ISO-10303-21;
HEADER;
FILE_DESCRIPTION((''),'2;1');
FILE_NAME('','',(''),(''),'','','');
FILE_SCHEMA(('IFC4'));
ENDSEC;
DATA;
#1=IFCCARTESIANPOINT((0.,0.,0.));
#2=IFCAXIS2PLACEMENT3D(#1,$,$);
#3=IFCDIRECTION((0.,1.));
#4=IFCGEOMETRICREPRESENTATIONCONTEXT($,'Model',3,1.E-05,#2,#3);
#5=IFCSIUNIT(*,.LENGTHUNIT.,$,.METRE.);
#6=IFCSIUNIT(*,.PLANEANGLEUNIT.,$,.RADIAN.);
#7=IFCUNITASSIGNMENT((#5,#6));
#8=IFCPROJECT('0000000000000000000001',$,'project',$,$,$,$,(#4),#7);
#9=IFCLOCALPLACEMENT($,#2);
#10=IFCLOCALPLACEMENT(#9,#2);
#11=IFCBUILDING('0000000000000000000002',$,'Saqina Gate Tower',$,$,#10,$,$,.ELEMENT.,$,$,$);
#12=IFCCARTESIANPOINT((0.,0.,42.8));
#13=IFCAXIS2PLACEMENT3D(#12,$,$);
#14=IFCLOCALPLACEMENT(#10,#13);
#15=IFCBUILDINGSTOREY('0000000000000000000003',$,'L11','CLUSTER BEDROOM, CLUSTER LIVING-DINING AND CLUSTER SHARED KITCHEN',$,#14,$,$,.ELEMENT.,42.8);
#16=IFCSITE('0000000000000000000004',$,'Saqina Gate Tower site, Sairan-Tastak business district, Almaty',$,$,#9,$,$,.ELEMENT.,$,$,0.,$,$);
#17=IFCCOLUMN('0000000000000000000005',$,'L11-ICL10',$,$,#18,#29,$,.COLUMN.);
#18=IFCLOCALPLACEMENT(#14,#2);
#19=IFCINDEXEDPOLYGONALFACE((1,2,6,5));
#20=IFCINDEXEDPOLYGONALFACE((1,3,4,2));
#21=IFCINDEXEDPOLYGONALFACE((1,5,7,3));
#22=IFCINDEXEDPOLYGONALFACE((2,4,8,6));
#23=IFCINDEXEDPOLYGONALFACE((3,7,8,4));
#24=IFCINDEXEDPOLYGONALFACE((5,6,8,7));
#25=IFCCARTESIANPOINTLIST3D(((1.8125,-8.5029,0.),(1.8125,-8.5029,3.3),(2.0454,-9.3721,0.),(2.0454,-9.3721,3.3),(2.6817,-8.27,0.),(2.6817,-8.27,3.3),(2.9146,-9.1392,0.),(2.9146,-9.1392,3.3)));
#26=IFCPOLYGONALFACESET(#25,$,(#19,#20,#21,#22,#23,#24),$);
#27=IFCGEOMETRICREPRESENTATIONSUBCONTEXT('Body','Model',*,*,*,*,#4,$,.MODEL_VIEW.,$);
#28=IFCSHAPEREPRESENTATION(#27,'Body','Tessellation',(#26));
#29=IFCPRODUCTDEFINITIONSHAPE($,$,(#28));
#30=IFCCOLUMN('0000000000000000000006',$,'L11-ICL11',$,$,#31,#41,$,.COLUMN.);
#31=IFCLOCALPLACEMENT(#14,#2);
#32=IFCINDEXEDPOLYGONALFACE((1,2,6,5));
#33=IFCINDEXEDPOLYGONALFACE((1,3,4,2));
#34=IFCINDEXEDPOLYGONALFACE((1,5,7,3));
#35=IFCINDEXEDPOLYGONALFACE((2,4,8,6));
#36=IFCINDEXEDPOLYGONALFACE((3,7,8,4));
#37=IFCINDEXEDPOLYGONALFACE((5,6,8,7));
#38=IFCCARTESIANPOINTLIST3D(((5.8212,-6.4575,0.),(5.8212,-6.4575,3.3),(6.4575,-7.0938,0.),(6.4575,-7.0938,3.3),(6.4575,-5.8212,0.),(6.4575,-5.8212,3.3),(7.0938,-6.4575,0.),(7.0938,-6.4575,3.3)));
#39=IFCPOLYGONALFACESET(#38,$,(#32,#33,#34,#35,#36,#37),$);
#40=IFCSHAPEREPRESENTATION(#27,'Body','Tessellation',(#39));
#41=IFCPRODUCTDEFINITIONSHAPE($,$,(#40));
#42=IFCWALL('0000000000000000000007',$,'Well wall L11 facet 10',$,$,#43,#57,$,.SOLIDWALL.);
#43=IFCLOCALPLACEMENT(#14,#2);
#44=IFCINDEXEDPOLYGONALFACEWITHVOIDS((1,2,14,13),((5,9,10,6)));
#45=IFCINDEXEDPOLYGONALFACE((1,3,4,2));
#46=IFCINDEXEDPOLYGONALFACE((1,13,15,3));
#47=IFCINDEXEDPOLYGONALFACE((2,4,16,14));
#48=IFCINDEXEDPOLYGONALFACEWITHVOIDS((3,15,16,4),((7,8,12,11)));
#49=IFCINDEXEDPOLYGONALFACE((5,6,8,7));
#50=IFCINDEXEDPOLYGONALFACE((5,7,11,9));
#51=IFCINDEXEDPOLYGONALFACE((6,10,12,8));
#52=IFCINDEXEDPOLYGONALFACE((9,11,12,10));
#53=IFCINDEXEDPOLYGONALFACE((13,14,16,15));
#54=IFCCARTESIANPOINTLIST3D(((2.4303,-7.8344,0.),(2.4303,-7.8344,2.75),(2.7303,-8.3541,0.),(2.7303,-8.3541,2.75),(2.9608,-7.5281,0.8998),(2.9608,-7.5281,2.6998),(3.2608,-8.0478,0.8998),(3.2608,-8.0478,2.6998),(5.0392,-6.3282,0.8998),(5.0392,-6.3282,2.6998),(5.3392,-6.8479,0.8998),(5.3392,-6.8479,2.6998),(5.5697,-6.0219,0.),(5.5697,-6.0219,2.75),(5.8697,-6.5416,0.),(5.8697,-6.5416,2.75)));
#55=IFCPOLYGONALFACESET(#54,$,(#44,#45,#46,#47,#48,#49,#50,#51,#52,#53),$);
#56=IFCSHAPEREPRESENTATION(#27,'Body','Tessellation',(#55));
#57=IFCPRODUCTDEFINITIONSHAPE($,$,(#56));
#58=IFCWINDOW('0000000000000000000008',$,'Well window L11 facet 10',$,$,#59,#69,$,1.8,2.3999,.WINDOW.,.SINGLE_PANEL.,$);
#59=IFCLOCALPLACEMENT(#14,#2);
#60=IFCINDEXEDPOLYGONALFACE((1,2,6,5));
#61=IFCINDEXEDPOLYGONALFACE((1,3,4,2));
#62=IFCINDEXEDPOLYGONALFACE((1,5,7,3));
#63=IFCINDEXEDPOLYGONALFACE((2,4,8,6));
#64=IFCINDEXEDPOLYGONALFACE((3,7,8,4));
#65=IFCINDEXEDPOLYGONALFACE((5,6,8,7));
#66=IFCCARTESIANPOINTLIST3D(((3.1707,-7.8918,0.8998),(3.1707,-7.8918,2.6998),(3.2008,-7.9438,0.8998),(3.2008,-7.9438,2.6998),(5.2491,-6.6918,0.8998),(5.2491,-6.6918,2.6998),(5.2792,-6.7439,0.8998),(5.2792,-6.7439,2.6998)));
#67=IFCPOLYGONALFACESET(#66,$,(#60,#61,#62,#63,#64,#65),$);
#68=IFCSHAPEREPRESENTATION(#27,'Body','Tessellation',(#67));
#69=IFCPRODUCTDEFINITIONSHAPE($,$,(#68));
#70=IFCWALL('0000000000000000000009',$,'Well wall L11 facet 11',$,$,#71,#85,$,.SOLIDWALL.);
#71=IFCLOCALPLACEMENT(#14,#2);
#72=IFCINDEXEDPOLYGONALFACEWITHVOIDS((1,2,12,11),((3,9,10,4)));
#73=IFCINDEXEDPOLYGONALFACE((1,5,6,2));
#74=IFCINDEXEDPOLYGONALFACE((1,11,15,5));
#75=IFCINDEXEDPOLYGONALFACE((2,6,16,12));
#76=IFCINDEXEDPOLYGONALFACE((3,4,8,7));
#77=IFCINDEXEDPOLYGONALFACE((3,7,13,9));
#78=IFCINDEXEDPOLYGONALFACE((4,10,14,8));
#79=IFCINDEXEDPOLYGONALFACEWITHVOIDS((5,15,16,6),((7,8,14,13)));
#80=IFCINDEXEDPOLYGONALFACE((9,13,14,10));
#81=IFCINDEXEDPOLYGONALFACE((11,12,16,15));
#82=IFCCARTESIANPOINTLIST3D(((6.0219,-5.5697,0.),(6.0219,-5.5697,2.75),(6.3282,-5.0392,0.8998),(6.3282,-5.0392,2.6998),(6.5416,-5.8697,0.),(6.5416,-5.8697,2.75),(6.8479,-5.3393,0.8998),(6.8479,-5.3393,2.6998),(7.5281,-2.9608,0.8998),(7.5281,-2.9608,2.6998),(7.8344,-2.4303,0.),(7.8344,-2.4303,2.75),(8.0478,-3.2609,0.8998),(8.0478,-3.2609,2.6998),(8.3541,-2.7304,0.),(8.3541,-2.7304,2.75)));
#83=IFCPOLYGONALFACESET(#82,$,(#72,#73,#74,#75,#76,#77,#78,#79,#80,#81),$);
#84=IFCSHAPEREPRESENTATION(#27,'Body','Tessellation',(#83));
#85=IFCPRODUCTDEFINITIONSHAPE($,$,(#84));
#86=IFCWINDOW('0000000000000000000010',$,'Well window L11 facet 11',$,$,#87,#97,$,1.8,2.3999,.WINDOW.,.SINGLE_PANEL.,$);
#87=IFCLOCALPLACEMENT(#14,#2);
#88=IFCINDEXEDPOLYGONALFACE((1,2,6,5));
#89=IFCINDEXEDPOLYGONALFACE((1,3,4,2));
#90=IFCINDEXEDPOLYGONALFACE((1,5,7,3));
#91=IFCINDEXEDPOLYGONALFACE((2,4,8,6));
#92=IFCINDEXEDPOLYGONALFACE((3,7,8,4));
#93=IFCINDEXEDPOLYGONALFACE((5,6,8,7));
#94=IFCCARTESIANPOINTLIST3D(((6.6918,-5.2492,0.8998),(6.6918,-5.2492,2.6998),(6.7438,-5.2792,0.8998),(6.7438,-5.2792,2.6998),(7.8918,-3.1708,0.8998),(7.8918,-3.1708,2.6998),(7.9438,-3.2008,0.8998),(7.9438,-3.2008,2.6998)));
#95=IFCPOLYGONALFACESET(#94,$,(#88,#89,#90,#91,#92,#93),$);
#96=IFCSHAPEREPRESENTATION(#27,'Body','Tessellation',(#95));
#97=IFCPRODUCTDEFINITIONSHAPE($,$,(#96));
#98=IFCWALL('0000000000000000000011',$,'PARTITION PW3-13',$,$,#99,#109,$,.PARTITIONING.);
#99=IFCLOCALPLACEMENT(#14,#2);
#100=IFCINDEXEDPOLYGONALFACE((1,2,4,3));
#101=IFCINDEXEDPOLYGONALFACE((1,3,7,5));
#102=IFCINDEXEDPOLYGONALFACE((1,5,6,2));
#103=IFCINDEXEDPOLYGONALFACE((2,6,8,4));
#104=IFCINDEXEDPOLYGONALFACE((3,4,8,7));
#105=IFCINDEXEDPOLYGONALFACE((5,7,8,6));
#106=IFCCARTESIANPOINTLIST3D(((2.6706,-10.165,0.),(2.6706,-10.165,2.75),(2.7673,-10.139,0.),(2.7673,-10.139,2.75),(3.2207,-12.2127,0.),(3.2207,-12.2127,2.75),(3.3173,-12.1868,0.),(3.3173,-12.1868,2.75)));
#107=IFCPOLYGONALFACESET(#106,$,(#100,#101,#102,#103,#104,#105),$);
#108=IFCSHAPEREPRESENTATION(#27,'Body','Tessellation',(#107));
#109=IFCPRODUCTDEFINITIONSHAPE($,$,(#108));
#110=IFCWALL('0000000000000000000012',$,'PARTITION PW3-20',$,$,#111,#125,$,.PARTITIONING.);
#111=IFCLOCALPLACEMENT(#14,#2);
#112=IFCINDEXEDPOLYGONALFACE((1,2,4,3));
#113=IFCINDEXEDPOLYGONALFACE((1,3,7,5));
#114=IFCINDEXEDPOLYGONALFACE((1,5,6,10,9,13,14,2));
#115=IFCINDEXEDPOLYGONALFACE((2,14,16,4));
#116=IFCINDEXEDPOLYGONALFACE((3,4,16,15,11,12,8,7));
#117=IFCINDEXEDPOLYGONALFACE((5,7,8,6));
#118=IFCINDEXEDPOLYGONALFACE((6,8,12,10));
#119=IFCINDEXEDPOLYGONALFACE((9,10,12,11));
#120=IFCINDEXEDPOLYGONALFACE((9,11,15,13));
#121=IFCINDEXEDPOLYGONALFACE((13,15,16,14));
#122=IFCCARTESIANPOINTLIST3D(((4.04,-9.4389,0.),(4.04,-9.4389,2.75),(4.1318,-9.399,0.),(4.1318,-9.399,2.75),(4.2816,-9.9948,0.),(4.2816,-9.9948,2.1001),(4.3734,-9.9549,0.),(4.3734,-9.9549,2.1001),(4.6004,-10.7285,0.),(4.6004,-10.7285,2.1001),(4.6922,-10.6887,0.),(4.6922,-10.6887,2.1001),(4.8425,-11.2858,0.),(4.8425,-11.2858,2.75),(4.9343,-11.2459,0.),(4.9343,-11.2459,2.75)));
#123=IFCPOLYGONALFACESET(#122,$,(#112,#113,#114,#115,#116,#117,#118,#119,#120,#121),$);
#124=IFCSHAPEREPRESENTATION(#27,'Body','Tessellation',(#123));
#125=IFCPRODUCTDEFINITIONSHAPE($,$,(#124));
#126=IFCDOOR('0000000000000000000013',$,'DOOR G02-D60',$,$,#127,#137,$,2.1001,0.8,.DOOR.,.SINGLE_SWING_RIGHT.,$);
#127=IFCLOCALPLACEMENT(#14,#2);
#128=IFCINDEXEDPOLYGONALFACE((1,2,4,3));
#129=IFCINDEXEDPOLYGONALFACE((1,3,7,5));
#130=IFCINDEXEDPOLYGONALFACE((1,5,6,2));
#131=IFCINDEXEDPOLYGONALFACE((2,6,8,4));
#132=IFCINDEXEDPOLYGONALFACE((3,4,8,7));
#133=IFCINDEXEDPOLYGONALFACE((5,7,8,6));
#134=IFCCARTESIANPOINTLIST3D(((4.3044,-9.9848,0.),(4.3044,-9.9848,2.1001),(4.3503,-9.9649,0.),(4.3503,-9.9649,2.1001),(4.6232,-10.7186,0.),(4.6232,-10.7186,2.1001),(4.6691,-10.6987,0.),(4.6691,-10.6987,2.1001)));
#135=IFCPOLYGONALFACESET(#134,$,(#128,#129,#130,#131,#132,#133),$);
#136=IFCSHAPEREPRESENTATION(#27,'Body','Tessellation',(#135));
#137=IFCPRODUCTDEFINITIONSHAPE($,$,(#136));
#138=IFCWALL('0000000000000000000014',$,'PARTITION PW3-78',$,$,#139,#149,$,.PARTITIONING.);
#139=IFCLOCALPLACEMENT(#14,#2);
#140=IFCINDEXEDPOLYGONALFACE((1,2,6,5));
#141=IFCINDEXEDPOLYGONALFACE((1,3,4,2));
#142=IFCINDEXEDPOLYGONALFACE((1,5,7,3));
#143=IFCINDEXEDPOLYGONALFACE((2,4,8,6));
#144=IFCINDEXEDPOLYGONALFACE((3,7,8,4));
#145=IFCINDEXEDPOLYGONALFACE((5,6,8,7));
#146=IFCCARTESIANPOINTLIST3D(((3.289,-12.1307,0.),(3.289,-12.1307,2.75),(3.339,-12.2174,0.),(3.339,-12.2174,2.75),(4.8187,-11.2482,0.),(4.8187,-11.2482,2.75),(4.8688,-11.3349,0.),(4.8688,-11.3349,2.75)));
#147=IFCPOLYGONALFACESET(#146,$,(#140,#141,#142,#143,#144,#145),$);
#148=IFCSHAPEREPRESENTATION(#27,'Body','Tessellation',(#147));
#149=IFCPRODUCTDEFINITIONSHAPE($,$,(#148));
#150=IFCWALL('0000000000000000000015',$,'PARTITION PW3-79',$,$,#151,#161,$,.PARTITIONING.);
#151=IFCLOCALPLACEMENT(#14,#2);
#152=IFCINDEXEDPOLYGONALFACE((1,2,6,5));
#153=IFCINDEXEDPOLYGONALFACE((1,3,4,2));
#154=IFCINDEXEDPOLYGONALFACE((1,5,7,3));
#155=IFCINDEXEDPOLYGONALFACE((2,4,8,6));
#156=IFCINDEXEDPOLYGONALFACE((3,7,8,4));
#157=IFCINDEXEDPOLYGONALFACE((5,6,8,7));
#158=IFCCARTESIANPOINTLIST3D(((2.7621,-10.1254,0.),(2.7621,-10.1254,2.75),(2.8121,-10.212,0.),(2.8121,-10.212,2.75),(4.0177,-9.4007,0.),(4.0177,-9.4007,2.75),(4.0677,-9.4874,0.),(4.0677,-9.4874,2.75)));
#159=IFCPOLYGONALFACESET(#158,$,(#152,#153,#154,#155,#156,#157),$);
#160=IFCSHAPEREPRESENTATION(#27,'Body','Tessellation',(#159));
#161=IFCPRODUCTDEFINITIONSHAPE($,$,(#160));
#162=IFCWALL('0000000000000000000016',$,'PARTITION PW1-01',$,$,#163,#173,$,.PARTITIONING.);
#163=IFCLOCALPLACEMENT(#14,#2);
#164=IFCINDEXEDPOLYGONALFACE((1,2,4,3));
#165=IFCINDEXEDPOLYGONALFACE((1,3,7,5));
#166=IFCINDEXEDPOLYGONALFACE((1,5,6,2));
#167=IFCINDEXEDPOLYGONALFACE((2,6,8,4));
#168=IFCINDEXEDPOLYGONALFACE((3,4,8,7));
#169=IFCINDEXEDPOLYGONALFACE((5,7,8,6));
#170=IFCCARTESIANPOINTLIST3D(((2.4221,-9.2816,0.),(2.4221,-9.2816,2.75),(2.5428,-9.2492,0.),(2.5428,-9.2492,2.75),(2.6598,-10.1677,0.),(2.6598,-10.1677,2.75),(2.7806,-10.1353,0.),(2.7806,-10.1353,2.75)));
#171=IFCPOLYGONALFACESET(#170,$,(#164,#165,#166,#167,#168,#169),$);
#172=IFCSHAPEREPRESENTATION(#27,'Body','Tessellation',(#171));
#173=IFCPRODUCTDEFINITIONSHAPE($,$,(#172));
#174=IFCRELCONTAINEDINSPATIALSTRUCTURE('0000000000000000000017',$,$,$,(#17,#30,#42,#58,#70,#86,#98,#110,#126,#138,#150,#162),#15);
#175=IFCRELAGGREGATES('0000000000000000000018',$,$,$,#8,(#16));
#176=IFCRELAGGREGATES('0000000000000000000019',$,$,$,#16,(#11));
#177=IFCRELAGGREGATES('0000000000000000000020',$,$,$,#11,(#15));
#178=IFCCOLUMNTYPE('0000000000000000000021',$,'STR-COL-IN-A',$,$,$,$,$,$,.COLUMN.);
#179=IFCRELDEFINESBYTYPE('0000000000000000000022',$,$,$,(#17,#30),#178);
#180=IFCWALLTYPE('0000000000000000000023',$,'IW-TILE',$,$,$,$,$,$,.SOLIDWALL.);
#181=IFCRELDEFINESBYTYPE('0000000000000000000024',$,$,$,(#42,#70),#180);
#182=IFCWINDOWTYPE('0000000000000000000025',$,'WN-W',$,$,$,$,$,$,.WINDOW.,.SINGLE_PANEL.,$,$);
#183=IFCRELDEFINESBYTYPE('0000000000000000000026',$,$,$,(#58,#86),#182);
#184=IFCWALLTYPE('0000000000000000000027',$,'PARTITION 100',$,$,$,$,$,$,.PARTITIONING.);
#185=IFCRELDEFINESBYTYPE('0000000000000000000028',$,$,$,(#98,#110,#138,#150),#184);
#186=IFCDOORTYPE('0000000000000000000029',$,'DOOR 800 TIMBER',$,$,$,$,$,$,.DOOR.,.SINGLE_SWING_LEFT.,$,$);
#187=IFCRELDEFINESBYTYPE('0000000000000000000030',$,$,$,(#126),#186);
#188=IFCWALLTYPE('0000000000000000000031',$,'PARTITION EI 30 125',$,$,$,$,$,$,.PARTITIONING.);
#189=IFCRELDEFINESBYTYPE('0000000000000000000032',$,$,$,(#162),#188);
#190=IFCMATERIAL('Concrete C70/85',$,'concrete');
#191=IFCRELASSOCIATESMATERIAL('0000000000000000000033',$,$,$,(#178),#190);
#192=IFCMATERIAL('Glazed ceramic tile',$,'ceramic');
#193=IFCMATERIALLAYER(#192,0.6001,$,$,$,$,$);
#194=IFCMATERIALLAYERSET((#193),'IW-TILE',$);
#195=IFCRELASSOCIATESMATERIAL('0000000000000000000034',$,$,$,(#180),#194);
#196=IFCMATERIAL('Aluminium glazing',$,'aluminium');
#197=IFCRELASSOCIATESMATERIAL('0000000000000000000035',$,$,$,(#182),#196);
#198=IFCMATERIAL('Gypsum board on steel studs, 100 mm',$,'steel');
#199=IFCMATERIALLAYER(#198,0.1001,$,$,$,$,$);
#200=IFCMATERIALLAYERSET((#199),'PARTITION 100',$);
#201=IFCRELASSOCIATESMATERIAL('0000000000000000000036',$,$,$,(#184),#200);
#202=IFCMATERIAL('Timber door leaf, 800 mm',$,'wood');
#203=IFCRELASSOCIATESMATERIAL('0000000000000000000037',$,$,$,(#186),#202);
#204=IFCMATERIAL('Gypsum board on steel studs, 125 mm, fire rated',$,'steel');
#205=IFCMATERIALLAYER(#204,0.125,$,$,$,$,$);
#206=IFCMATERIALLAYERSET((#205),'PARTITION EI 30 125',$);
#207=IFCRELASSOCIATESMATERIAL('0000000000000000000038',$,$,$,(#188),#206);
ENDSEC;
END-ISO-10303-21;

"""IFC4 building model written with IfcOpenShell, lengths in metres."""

from ifc_helpers import new_model, si_unit, direction, frame, frame_2d, origin, origin_2d, place, context, subcontext, project, spatial, rectangle, extrude, material, layer, layer_set, material_profile, profile_set, type_object, element, fill, save


model = new_model("IFC4")

# Units and contexts
model_context = context("Model", 3, precision=1e-05, world=origin(), true_north=direction((0.0, 1.0)))
body_context = subcontext(model_context, "Body", "Model", "MODEL_VIEW")
ifc_project = project(units=[si_unit("LENGTHUNIT", "METRE"), si_unit("PLANEANGLEUNIT", "RADIAN")], contexts=[model_context])

# Site, building, storey
site_placement = place(None, origin())
site = spatial("IfcSite", under=ifc_project, at=site_placement, Name="Saqina Gate Tower site, Sairan-Tastak business district, Almaty", CompositionType="ELEMENT", RefElevation=0.0)
building_placement = place(site_placement, origin())
building = spatial("IfcBuilding", under=site, at=building_placement, Name="Saqina Gate Tower", CompositionType="ELEMENT")
storey_placement = place(building_placement, frame((0.0, 0.0, 42.8)))
storey = spatial("IfcBuildingStorey", under=building, at=storey_placement, Name="L11", Description="CLUSTER BEDROOM, CLUSTER LIVING-DINING AND CLUSTER SHARED KITCHEN", CompositionType="ELEMENT", Elevation=42.8)

# Columns
ifc_material_1 = material(Name="Concrete C70/85", Category="concrete")
ifc_material_profile = material_profile(ifc_material_1, rectangle(XDim=0.8999, YDim=0.8999, at=origin_2d()), Name="RC 900x900")
ifc_profile_set = profile_set([ifc_material_profile], Name="Concrete C70/85")
column_type = type_object("IfcColumnType", Name="STR-COL-IN-A", PredefinedType="COLUMN", material=ifc_profile_set)
for number, where, z_axis, x_axis, name in (
    (1, (2.3635, -8.821, 0.0), (0.0, 0.0, 1.0), (0.258819, -0.965926, 0.0), "L11-ICL10"),
    (2, (6.4575, -6.4575, 0.0), (0.0, 0.0, 1.0), (0.707107, -0.707107, 0.0), "L11-ICL11"),
):
    element("IfcColumn", number, at=place(storey_placement, frame(where, z_axis=z_axis, x_axis=x_axis)), inside=storey, type_object=column_type, Name=name, PredefinedType="COLUMN", context=body_context, shape_type="SweptSolid", body=[
        extrude(rectangle(XDim=0.8999, YDim=0.8999, at=origin_2d()), origin(), (0.0, 0.0, 1.0), 3.3),
    ])

# Walls, openings, windows
ifc_material_2 = material(Name="Glazed ceramic tile", Category="ceramic")
ifc_layer_1 = layer(ifc_material_2, 0.6001)
ifc_layer_set_1 = layer_set([ifc_layer_1], Name="IW-TILE")
wall_type_1 = type_object("IfcWallType", Name="IW-TILE", PredefinedType="SOLIDWALL", material=ifc_layer_set_1)
wall_1_placement = place(storey_placement, frame((2.5803, -8.0942, 0.0), z_axis=(0.0, 0.0, 1.0), x_axis=(0.86603, 0.499993, 0.0)))
wall_1 = element("IfcWall", 3, at=wall_1_placement, inside=storey, type_object=wall_type_1, Name="Well wall L11 facet 10", PredefinedType="SOLIDWALL", context=body_context, shape_type="SweptSolid", body=[
    extrude(rectangle(XDim=3.625, YDim=0.6001, at=frame_2d((1.8125, 0.0))), origin(), (0.0, 0.0, 1.0), 2.75),
])
opening_1_placement = place(wall_1_placement, frame((0.6125, 0.0, 0.8999)))
opening_1 = element("IfcOpeningElement", 4, at=opening_1_placement, cuts=wall_1, PredefinedType="OPENING", context=body_context, shape_type="SweptSolid", body=[
    extrude(rectangle(XDim=2.3999, YDim=1.8, at=frame_2d((1.2, 0.8999))), frame((0.0, 0.312, 0.0), z_axis=(0.0, -1.0, 0.0), x_axis=(1.0, 0.0, 0.0)), (0.0, 0.0, 1.0), 0.624),
])
ifc_material_3 = material(Name="Aluminium glazing", Category="aluminium")
window_type = type_object("IfcWindowType", Name="WN-W", PartitioningType="SINGLE_PANEL", PredefinedType="WINDOW", material=ifc_material_3)
window_1_placement = place(opening_1_placement, origin())
window_1 = element("IfcWindow", 5, at=window_1_placement, inside=storey, type_object=window_type, Name="Well window L11 facet 10", OverallHeight=1.8, OverallWidth=2.3999, PartitioningType="SINGLE_PANEL", PredefinedType="WINDOW", context=body_context, shape_type="SweptSolid", body=[
    extrude(rectangle(XDim=2.3999, YDim=1.8, at=frame_2d((1.2, 0.8999))), frame((0.0, -0.1199, 0.0), z_axis=(0.0, -1.0, 0.0), x_axis=(1.0, 0.0, 0.0)), (0.0, 0.0, 1.0), 0.0601),
])
fill(opening_1, window_1)
wall_2_placement = place(storey_placement, frame((6.2817, -5.7197, 0.0), z_axis=(0.0, 0.0, 1.0), x_axis=(0.499993, 0.86603, 0.0)))
wall_2 = element("IfcWall", 6, at=wall_2_placement, inside=storey, type_object=wall_type_1, Name="Well wall L11 facet 11", PredefinedType="SOLIDWALL", context=body_context, shape_type="SweptSolid", body=[
    extrude(rectangle(XDim=3.625, YDim=0.6001, at=frame_2d((1.8125, 0.0))), origin(), (0.0, 0.0, 1.0), 2.75),
])
opening_2_placement = place(wall_2_placement, frame((0.6125, 0.0, 0.8999)))
opening_2 = element("IfcOpeningElement", 7, at=opening_2_placement, cuts=wall_2, PredefinedType="OPENING", context=body_context, shape_type="SweptSolid", body=[
    extrude(rectangle(XDim=2.3999, YDim=1.8, at=frame_2d((1.2, 0.8999))), frame((0.0, 0.312, 0.0), z_axis=(0.0, -1.0, 0.0), x_axis=(1.0, 0.0, 0.0)), (0.0, 0.0, 1.0), 0.624),
])
window_2_placement = place(opening_2_placement, origin())
window_2 = element("IfcWindow", 8, at=window_2_placement, inside=storey, type_object=window_type, Name="Well window L11 facet 11", OverallHeight=1.8, OverallWidth=2.3999, PartitioningType="SINGLE_PANEL", PredefinedType="WINDOW", context=body_context, shape_type="SweptSolid", body=[
    extrude(rectangle(XDim=2.3999, YDim=1.8, at=frame_2d((1.2, 0.8999))), frame((0.0, -0.1199, 0.0), z_axis=(0.0, -1.0, 0.0), x_axis=(1.0, 0.0, 0.0)), (0.0, 0.0, 1.0), 0.0601),
])
fill(opening_2, window_2)

# Wall
ifc_material_4 = material(Name="Gypsum board on steel studs, 100 mm", Category="steel")
ifc_layer_2 = layer(ifc_material_4, 0.1001)
ifc_layer_set_2 = layer_set([ifc_layer_2], Name="PARTITION 100")
wall_type_2 = type_object("IfcWallType", Name="PARTITION 100", PredefinedType="PARTITIONING", material=ifc_layer_set_2)
wall_3_placement = place(storey_placement, frame((2.719, -10.1521, 0.0), z_axis=(0.0, 0.0, 1.0), x_axis=(0.259404, -0.965769, 0.0)))
element("IfcWall", 9, at=wall_3_placement, inside=storey, type_object=wall_type_2, Name="PARTITION PW3-13", PredefinedType="PARTITIONING", context=body_context, shape_type="SweptSolid", body=[
    extrude(rectangle(XDim=2.1204, YDim=0.1001, at=frame_2d((1.0601, 0.0))), origin(), (0.0, 0.0, 1.0), 2.75),
])

# Wall, opening, door
wall_4_placement = place(storey_placement, frame((4.0859, -9.4189, 0.0), z_axis=(0.0, 0.0, 1.0), x_axis=(0.398509, -0.917164, 0.0)))
wall_4 = element("IfcWall", 10, at=wall_4_placement, inside=storey, type_object=wall_type_2, Name="PARTITION PW3-20", PredefinedType="PARTITIONING", context=body_context, shape_type="SweptSolid", body=[
    extrude(rectangle(XDim=2.0137, YDim=0.1001, at=frame_2d((1.0068, 0.0))), origin(), (0.0, 0.0, 1.0), 2.75),
])
opening_3_placement = place(wall_4_placement, frame((0.6062, 0.0, 0.0)))
opening_3 = element("IfcOpeningElement", 11, at=opening_3_placement, cuts=wall_4, PredefinedType="OPENING", context=body_context, shape_type="SweptSolid", body=[
    extrude(rectangle(XDim=0.8, YDim=2.1001, at=frame_2d((0.3999, 1.05))), frame((0.0, 0.062, 0.0), z_axis=(0.0, -1.0, 0.0), x_axis=(1.0, 0.0, 0.0)), (0.0, 0.0, 1.0), 0.124),
])
ifc_material_5 = material(Name="Timber door leaf, 800 mm", Category="wood")
door_type_1 = type_object("IfcDoorType", Name="DOOR 800 TIMBER", OperationType="SINGLE_SWING_LEFT", PredefinedType="DOOR", material=ifc_material_5)
door_1_placement = place(opening_3_placement, origin())
door_1 = element("IfcDoor", 12, at=door_1_placement, inside=storey, type_object=door_type_1, Name="DOOR G02-D60", OperationType="SINGLE_SWING_RIGHT", OverallHeight=2.1001, OverallWidth=0.8, PredefinedType="DOOR", context=body_context, shape_type="SweptSolid", body=[
    extrude(rectangle(XDim=0.8, YDim=2.1001, at=frame_2d((0.3999, 1.05))), frame((0.0, 0.0249, 0.0), z_axis=(0.0, -1.0, 0.0), x_axis=(1.0, 0.0, 0.0)), (0.0, 0.0, 1.0), 0.05),
])
fill(opening_3, door_1)

# Walls
wall_5_placement = place(storey_placement, frame((3.314, -12.1741, 0.0), z_axis=(0.0, 0.0, 1.0), x_axis=(0.866186, 0.499722, 0.0)))
element("IfcWall", 13, at=wall_5_placement, inside=storey, type_object=wall_type_2, Name="PARTITION PW3-78", PredefinedType="PARTITIONING", context=body_context, shape_type="SweptSolid", body=[
    extrude(rectangle(XDim=1.7661, YDim=0.1001, at=frame_2d((0.8831, 0.0))), origin(), (0.0, 0.0, 1.0), 2.75),
])
wall_6_placement = place(storey_placement, frame((2.7871, -10.1687, 0.0), z_axis=(0.0, 0.0, 1.0), x_axis=(0.866121, 0.499834, 0.0)))
element("IfcWall", 14, at=wall_6_placement, inside=storey, type_object=wall_type_2, Name="PARTITION PW3-79", PredefinedType="PARTITIONING", context=body_context, shape_type="SweptSolid", body=[
    extrude(rectangle(XDim=1.4497, YDim=0.1001, at=frame_2d((0.7249, 0.0))), origin(), (0.0, 0.0, 1.0), 2.75),
])
ifc_material_6 = material(Name="Gypsum board on steel studs, 125 mm, fire rated", Category="steel")
ifc_layer_3 = layer(ifc_material_6, 0.125)
ifc_layer_set_3 = layer_set([ifc_layer_3], Name="PARTITION EI 30 125")
wall_type_3 = type_object("IfcWallType", Name="PARTITION EI 30 125", PredefinedType="PARTITIONING", material=ifc_layer_set_3)
wall_7_placement = place(storey_placement, frame((2.4824, -9.2654, 0.0), z_axis=(0.0, 0.0, 1.0), x_axis=(0.259153, -0.965836, 0.0)))
element("IfcWall", 15, at=wall_7_placement, inside=storey, type_object=wall_type_3, Name="PARTITION PW1-01", PredefinedType="PARTITIONING", context=body_context, shape_type="SweptSolid", body=[
    extrude(rectangle(XDim=0.9175, YDim=0.125, at=frame_2d((0.4587, 0.0))), origin(), (0.0, 0.0, 1.0), 2.75),
])

save(model, "model.ifc")
